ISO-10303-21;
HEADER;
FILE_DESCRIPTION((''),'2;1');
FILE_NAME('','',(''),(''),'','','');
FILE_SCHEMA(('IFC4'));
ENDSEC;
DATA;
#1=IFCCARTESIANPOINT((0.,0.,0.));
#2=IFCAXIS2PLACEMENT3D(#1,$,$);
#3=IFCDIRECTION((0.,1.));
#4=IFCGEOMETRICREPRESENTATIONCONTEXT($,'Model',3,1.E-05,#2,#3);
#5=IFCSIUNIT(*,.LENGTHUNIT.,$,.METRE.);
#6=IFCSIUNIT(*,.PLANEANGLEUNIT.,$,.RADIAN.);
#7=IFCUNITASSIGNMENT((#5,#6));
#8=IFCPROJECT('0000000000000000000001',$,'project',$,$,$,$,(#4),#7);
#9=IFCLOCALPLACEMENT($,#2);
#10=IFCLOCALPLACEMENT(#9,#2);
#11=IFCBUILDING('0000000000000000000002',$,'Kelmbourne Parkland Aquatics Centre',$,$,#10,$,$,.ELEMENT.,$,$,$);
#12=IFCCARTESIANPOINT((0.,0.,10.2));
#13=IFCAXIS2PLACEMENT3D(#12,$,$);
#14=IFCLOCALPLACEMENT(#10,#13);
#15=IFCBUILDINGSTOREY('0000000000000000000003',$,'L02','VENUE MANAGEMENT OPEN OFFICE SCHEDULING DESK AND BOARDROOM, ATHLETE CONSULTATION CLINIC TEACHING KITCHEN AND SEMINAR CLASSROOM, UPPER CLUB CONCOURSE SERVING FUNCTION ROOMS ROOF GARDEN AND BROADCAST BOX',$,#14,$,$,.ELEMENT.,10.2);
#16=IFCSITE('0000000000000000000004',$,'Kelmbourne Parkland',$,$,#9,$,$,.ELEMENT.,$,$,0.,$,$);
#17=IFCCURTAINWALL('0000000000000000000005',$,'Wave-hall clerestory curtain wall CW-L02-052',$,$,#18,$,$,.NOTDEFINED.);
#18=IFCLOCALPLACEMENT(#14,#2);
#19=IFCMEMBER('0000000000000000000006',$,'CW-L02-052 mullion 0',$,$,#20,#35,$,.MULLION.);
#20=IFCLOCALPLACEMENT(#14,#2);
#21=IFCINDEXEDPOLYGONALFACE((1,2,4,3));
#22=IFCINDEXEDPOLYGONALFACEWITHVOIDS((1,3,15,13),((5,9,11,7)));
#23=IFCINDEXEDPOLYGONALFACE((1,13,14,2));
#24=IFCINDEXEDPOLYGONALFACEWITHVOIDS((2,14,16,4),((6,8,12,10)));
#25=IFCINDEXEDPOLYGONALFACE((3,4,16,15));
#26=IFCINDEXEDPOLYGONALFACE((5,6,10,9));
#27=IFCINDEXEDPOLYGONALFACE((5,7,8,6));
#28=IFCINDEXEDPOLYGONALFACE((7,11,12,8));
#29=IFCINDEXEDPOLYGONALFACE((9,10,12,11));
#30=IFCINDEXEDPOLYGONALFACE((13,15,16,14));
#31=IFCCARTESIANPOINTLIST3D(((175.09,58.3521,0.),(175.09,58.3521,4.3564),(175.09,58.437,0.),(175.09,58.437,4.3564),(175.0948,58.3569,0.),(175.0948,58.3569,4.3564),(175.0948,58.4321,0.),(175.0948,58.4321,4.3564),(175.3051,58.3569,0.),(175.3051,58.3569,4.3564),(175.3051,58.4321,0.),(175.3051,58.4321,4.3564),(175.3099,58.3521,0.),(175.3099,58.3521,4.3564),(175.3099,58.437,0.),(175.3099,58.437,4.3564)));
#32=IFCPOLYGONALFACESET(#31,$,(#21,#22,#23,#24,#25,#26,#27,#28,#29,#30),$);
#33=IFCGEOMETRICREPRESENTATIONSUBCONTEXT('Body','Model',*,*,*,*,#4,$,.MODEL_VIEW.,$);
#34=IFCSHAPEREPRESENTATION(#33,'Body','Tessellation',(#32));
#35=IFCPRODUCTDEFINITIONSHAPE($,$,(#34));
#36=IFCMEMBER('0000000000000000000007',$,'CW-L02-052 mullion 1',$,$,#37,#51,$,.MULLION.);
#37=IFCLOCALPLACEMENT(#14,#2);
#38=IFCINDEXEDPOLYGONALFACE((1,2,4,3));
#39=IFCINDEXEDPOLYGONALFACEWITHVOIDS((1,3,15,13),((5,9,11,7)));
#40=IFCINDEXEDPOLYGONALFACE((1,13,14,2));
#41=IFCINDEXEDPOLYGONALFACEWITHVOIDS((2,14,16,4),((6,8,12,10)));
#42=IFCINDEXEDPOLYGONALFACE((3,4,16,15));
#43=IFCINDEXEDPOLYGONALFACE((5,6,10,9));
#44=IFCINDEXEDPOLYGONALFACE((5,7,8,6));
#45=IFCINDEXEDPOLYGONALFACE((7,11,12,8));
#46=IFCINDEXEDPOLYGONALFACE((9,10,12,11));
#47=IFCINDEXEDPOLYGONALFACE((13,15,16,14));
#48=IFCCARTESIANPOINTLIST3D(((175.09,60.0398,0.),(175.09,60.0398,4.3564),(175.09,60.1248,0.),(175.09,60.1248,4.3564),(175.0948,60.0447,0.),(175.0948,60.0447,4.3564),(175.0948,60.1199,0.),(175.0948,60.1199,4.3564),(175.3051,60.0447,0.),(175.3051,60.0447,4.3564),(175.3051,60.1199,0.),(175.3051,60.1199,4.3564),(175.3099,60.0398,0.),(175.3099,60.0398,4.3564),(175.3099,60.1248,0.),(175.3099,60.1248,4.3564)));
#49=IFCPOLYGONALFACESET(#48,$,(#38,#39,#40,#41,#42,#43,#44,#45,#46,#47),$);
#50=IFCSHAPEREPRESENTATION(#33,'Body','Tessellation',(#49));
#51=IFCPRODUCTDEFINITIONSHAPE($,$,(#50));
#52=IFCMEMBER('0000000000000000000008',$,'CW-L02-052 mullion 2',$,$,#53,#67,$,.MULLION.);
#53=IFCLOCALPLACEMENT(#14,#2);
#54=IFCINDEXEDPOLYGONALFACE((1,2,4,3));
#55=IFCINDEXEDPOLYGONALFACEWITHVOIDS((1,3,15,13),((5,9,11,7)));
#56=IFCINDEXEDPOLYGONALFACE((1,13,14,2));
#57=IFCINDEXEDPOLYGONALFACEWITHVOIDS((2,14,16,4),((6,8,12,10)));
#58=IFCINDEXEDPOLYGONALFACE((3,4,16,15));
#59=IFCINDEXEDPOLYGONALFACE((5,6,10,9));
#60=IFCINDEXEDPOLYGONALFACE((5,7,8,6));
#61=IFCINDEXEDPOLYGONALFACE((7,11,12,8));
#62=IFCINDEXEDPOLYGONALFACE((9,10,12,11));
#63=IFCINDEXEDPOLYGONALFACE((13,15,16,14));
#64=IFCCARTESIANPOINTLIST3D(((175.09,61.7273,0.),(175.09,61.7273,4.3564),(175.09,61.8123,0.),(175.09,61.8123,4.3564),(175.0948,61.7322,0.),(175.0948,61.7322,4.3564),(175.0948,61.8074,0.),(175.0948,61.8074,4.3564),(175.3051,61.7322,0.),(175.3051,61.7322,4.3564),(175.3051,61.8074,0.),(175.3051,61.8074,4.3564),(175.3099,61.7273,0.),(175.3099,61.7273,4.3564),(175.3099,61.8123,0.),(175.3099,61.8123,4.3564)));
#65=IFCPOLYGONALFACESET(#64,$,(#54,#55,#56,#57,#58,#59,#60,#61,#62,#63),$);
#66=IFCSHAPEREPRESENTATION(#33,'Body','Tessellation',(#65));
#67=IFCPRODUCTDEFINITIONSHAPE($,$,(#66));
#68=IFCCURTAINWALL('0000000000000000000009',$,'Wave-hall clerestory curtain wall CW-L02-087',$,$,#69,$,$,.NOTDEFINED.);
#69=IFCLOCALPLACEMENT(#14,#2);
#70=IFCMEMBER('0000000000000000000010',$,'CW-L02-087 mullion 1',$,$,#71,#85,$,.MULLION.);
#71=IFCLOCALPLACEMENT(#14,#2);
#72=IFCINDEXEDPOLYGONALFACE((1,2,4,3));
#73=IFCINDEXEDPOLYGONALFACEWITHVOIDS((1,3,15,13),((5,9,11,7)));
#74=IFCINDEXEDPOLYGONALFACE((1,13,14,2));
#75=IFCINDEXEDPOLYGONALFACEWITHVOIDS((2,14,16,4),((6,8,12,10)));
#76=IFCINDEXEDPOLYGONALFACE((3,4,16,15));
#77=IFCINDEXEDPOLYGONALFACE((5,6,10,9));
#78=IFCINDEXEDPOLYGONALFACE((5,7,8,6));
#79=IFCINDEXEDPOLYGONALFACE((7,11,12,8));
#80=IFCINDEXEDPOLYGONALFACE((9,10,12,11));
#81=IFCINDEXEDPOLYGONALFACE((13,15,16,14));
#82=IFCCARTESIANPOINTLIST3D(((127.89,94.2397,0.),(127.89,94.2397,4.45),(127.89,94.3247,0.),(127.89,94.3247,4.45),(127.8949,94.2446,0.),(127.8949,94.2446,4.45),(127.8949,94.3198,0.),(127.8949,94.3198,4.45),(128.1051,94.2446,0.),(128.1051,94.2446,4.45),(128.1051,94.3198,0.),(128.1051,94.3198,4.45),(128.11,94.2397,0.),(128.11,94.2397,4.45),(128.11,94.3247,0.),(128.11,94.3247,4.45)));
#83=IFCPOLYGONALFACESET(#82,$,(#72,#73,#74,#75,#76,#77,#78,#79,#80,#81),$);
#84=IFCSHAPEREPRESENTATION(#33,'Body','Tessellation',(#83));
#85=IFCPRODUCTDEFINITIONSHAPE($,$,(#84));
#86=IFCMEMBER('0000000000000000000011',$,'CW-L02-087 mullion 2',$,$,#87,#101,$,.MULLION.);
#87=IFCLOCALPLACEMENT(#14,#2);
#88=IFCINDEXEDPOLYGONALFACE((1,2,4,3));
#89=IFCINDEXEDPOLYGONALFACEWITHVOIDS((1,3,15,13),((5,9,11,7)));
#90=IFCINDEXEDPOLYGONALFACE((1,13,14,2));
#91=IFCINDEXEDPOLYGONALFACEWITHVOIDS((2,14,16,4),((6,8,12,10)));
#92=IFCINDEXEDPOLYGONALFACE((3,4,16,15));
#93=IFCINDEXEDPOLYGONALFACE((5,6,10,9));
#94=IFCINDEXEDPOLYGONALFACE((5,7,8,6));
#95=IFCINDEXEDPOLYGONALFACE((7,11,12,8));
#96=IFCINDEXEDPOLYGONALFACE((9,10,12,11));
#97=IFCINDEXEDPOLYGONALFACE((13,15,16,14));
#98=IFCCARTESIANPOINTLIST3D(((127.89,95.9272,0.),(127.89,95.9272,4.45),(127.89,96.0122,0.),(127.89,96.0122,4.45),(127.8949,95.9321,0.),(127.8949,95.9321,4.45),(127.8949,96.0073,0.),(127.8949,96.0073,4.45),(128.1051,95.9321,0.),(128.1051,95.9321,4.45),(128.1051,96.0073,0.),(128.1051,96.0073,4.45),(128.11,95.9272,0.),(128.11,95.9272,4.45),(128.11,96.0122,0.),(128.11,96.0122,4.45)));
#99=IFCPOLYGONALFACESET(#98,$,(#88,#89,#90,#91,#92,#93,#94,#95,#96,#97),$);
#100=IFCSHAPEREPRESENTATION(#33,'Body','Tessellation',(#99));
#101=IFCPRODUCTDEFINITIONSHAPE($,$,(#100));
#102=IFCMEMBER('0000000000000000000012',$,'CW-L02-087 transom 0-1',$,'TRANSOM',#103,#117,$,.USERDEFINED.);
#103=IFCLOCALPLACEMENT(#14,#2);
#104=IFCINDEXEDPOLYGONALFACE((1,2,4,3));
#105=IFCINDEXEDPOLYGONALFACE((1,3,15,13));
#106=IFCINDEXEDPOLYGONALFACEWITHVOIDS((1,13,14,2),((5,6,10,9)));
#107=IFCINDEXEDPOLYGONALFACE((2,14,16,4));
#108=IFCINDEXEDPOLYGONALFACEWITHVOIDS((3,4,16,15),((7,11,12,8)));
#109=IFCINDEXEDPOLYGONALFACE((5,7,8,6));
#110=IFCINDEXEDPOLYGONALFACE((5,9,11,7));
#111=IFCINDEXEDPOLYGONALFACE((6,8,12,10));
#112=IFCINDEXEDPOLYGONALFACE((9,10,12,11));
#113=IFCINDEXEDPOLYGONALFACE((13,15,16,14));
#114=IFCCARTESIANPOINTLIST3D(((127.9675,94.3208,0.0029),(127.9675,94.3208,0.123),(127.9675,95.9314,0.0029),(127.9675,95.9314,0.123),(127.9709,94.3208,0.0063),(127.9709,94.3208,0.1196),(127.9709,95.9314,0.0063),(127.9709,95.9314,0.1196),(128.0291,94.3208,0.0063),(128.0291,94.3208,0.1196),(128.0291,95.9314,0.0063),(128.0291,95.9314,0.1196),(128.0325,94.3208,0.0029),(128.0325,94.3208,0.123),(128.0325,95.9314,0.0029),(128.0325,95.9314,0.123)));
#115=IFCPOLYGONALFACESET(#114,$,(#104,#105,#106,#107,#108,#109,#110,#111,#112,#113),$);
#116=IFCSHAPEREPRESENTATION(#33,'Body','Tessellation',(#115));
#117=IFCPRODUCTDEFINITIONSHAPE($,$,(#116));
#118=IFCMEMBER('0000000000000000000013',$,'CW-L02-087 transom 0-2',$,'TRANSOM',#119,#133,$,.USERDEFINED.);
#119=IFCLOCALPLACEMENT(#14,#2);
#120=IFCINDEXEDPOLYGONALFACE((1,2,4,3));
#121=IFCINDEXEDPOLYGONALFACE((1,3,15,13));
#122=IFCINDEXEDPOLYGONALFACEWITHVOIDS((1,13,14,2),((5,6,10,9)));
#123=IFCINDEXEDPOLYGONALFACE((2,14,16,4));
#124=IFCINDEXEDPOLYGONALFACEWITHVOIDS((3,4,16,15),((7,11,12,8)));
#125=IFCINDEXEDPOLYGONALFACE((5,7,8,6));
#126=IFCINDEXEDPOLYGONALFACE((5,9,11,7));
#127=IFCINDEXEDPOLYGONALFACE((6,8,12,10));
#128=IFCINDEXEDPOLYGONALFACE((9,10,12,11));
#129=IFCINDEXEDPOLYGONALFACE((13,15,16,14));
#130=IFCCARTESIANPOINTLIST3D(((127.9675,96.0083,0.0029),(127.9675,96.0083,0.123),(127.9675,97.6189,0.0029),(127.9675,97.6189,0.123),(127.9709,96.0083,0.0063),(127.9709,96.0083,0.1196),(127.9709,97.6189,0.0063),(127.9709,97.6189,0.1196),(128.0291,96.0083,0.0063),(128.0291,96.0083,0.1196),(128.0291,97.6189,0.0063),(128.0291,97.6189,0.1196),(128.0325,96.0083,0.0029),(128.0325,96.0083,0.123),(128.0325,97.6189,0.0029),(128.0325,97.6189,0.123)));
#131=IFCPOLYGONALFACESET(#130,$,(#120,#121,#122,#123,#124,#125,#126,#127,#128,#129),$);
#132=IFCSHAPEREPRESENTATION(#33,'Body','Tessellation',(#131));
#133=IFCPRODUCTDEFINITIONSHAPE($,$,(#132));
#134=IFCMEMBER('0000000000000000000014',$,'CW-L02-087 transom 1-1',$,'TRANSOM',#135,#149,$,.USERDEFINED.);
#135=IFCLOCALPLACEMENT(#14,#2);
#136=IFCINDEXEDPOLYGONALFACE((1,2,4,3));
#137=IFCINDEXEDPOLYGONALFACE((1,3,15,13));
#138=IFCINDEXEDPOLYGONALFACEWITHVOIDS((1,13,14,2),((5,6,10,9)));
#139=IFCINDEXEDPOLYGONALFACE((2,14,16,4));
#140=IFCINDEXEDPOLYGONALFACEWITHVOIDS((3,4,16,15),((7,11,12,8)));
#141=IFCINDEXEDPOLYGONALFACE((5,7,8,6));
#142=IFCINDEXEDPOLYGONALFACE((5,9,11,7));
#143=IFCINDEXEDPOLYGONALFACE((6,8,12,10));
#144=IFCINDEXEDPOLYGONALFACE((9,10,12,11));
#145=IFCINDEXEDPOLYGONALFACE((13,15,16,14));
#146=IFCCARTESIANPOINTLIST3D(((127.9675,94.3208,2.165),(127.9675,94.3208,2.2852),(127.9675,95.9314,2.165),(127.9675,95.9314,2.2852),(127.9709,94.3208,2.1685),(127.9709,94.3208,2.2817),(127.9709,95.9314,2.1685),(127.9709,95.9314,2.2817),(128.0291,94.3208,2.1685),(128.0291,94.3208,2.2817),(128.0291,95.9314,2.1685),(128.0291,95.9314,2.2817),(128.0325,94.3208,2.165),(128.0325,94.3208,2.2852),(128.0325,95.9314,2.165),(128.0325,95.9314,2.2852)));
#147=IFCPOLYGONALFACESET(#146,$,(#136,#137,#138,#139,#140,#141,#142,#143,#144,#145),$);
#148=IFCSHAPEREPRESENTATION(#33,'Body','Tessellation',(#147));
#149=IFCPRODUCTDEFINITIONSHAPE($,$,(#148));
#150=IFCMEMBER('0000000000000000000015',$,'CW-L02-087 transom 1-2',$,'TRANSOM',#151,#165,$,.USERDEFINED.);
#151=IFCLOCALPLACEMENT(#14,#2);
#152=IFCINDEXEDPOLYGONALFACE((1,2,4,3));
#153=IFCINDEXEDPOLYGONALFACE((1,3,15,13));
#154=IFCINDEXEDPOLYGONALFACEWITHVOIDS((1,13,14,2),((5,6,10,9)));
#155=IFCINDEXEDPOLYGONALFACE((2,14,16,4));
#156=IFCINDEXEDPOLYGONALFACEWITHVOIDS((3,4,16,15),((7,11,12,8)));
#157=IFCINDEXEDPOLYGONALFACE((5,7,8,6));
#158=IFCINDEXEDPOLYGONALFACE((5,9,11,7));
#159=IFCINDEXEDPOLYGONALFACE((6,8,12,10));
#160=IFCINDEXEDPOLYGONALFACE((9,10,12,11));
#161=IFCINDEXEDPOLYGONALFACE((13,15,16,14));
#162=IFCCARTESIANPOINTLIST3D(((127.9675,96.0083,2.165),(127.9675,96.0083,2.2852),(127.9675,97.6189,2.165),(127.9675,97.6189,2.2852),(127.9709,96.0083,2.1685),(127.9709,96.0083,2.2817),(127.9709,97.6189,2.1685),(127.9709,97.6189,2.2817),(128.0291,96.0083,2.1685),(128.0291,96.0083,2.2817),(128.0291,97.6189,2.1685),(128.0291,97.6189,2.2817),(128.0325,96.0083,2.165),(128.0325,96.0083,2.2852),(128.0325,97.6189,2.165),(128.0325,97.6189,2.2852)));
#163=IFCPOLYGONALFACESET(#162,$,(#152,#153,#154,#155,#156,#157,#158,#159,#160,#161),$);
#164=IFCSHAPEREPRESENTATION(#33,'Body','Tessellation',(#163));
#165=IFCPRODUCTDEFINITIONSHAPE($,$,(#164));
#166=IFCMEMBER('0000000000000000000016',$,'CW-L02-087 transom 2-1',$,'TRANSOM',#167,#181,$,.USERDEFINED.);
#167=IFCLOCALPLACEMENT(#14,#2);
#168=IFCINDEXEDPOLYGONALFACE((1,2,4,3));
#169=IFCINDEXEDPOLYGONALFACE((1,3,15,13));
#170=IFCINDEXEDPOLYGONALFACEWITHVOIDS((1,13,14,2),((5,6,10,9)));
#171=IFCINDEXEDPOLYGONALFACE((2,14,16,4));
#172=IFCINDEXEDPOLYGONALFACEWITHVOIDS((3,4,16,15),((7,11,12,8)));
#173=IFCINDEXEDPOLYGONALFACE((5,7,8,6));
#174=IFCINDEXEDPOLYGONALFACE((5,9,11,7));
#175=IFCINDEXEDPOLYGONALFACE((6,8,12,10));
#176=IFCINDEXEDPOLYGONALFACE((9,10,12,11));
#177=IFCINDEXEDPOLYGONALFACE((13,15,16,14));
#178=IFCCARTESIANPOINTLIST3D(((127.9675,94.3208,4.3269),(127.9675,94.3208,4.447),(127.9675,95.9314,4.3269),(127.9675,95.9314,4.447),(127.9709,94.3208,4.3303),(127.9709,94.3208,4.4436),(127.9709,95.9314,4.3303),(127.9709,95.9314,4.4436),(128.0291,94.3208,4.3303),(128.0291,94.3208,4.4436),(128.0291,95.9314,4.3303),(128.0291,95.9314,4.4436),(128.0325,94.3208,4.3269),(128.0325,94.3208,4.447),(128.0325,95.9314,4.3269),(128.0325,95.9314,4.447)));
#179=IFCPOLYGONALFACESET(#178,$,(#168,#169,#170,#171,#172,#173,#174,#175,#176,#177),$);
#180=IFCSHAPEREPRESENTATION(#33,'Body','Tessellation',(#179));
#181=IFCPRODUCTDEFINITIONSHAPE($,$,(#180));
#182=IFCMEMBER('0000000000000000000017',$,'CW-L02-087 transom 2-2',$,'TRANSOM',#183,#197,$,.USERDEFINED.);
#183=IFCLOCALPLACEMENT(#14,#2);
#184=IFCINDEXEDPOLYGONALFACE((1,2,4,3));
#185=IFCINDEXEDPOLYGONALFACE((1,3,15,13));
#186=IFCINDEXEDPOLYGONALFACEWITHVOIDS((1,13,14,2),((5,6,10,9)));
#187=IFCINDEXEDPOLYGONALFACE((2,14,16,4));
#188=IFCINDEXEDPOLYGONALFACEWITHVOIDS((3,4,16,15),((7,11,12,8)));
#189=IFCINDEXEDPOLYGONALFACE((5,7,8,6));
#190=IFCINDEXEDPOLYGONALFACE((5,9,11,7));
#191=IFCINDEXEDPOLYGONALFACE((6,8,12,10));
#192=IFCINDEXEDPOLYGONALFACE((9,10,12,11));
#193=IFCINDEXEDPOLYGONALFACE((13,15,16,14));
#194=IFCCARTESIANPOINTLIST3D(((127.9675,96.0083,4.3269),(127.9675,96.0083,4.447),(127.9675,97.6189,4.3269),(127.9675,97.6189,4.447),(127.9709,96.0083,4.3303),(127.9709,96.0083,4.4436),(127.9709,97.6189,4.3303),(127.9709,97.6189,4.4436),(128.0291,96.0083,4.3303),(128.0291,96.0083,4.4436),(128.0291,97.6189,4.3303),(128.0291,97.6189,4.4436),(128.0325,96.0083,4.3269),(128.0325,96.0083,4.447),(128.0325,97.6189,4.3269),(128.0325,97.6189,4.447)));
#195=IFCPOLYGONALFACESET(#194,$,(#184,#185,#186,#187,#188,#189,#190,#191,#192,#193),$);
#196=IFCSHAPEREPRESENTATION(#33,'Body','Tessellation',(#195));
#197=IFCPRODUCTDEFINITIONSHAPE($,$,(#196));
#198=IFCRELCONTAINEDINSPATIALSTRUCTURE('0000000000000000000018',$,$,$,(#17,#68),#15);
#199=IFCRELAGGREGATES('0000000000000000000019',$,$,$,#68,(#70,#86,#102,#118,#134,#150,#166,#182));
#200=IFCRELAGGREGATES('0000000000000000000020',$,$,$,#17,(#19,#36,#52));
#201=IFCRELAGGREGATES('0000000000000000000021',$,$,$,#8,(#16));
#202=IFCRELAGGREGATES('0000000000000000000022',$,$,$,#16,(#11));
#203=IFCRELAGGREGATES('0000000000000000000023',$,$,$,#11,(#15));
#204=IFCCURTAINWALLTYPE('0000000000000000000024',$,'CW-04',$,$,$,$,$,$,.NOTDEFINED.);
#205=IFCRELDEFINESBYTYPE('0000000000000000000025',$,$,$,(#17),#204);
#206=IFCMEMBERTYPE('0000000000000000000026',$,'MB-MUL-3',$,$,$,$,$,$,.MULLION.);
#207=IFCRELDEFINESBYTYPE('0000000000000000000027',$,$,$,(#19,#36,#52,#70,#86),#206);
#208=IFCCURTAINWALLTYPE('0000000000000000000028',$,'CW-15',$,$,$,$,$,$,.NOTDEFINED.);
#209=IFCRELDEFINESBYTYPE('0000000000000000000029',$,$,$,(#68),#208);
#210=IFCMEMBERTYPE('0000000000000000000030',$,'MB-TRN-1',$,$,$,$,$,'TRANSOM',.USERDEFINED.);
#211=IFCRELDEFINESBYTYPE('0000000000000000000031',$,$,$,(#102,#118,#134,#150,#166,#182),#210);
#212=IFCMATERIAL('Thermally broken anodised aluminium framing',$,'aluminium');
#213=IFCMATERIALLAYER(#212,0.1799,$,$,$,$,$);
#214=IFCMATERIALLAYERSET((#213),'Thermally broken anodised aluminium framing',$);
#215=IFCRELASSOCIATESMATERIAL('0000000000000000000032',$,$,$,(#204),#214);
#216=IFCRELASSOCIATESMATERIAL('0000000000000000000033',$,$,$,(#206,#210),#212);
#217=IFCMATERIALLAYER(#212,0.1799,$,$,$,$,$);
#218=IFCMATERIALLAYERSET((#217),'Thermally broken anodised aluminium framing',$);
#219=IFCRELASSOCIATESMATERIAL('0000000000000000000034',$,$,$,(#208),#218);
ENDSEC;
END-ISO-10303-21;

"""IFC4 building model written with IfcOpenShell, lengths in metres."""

from ifc_helpers import new_model, si_unit, direction, frame, origin, origin_2d, place, context, subcontext, project, spatial, hollow_rectangle, extrude, material, layer, layer_set, material_profile, profile_set, type_object, element, aggregate, save


model = new_model("IFC4")

# Units and contexts
model_context = context("Model", 3, precision=1e-05, world=origin(), true_north=direction((0.0, 1.0)))
body_context = subcontext(model_context, "Body", "Model", "MODEL_VIEW")
ifc_project = project(units=[si_unit("LENGTHUNIT", "METRE"), si_unit("PLANEANGLEUNIT", "RADIAN")], contexts=[model_context])

# Site, building, storey
site_placement = place(None, origin())
site = spatial("IfcSite", under=ifc_project, at=site_placement, Name="Kelmbourne Parkland", CompositionType="ELEMENT", RefElevation=0.0)
building_placement = place(site_placement, origin())
building = spatial("IfcBuilding", under=site, at=building_placement, Name="Kelmbourne Parkland Aquatics Centre", CompositionType="ELEMENT")
storey_placement = place(building_placement, frame((0.0, 0.0, 10.2)))
storey = spatial("IfcBuildingStorey", under=building, at=storey_placement, Name="L02", Description="VENUE MANAGEMENT OPEN OFFICE SCHEDULING DESK AND BOARDROOM, ATHLETE CONSULTATION CLINIC TEACHING KITCHEN AND SEMINAR CLASSROOM, UPPER CLUB CONCOURSE SERVING FUNCTION ROOMS ROOF GARDEN AND BROADCAST BOX", CompositionType="ELEMENT", Elevation=10.2)

# Curtain walls, members
ifc_material_1 = material(Name="Thermally broken anodised aluminium framing", Category="aluminium")
ifc_layer_1 = layer(ifc_material_1, 0.1799)
ifc_layer_set_1 = layer_set([ifc_layer_1], Name="Thermally broken anodised aluminium framing")
curtain_wall_type_1 = type_object("IfcCurtainWallType", Name="CW-04", PredefinedType="NOTDEFINED", material=ifc_layer_set_1)
curtain_wall_1_placement = place(storey_placement, origin())
curtain_wall_1 = element("IfcCurtainWall", 1, at=curtain_wall_1_placement, inside=storey, type_object=curtain_wall_type_1, Name="Wave-hall clerestory curtain wall CW-L02-052", PredefinedType="NOTDEFINED")
ifc_material_profile_1 = material_profile(ifc_material_1, hollow_rectangle(XDim=0.085, YDim=0.22, WallThickness=0.0049, at=origin_2d()), Name="CW-M 85x220")
ifc_profile_set_1 = profile_set([ifc_material_profile_1], Name="Thermally broken anodised aluminium framing")
member_type_1 = type_object("IfcMemberType", Name="MB-MUL-3", PredefinedType="MULLION", material=ifc_profile_set_1)
member_1_placement = place(storey_placement, frame((175.2, 58.3945, 0.0), z_axis=(0.0, 0.0, 1.0), x_axis=(0.0, 1.0, 0.0)))
member_1 = element("IfcMember", 2, at=member_1_placement, type_object=member_type_1, Name="CW-L02-052 mullion 0", PredefinedType="MULLION", context=body_context, shape_type="SweptSolid", body=[
    extrude(hollow_rectangle(XDim=0.085, YDim=0.22, WallThickness=0.0049, at=origin_2d()), origin(), (0.0, 0.0, 1.0), 4.3564),
])
member_2_placement = place(storey_placement, frame((175.2, 60.0823, 0.0), z_axis=(0.0, 0.0, 1.0), x_axis=(0.0, 1.0, 0.0)))
member_2 = element("IfcMember", 3, at=member_2_placement, type_object=member_type_1, Name="CW-L02-052 mullion 1", PredefinedType="MULLION", context=body_context, shape_type="SweptSolid", body=[
    extrude(hollow_rectangle(XDim=0.085, YDim=0.22, WallThickness=0.0049, at=origin_2d()), origin(), (0.0, 0.0, 1.0), 4.3564),
])
member_3_placement = place(storey_placement, frame((175.2, 61.7698, 0.0), z_axis=(0.0, 0.0, 1.0), x_axis=(0.0, 1.0, 0.0)))
member_3 = element("IfcMember", 4, at=member_3_placement, type_object=member_type_1, Name="CW-L02-052 mullion 2", PredefinedType="MULLION", context=body_context, shape_type="SweptSolid", body=[
    extrude(hollow_rectangle(XDim=0.085, YDim=0.22, WallThickness=0.0049, at=origin_2d()), origin(), (0.0, 0.0, 1.0), 4.3564),
])
ifc_layer_2 = layer(ifc_material_1, 0.1799)
ifc_layer_set_2 = layer_set([ifc_layer_2], Name="Thermally broken anodised aluminium framing")
curtain_wall_type_2 = type_object("IfcCurtainWallType", Name="CW-15", PredefinedType="NOTDEFINED", material=ifc_layer_set_2)
curtain_wall_2_placement = place(storey_placement, origin())
curtain_wall_2 = element("IfcCurtainWall", 5, at=curtain_wall_2_placement, inside=storey, type_object=curtain_wall_type_2, Name="Wave-hall clerestory curtain wall CW-L02-087", PredefinedType="NOTDEFINED")
member_4_placement = place(storey_placement, frame((128.0, 94.2822, 0.0), z_axis=(0.0, 0.0, 1.0), x_axis=(0.0, 1.0, 0.0)))
member_4 = element("IfcMember", 6, at=member_4_placement, type_object=member_type_1, Name="CW-L02-087 mullion 1", PredefinedType="MULLION", context=body_context, shape_type="SweptSolid", body=[
    extrude(hollow_rectangle(XDim=0.085, YDim=0.22, WallThickness=0.0049, at=origin_2d()), origin(), (0.0, 0.0, 1.0), 4.45),
])
member_5_placement = place(storey_placement, frame((128.0, 95.9697, 0.0), z_axis=(0.0, 0.0, 1.0), x_axis=(0.0, 1.0, 0.0)))
member_5 = element("IfcMember", 7, at=member_5_placement, type_object=member_type_1, Name="CW-L02-087 mullion 2", PredefinedType="MULLION", context=body_context, shape_type="SweptSolid", body=[
    extrude(hollow_rectangle(XDim=0.085, YDim=0.22, WallThickness=0.0049, at=origin_2d()), origin(), (0.0, 0.0, 1.0), 4.45),
])
ifc_material_profile_2 = material_profile(ifc_material_1, hollow_rectangle(XDim=0.0649, YDim=0.1201, WallThickness=0.0034, at=origin_2d()), Name="CW-T 65x120")
ifc_profile_set_2 = profile_set([ifc_material_profile_2], Name="Thermally broken anodised aluminium framing")
member_type_2 = type_object("IfcMemberType", Name="MB-TRN-1", ElementType="TRANSOM", PredefinedType="USERDEFINED", material=ifc_profile_set_2)
member_6_placement = place(storey_placement, frame((128.0, 94.3208, 0.063), z_axis=(0.0, 1.0, 0.0), x_axis=(-1.0, 0.0, 0.0)))
member_6 = element("IfcMember", 8, at=member_6_placement, type_object=member_type_2, Name="CW-L02-087 transom 0-1", ObjectType="TRANSOM", PredefinedType="USERDEFINED", context=body_context, shape_type="SweptSolid", body=[
    extrude(hollow_rectangle(XDim=0.0649, YDim=0.1201, WallThickness=0.0034, at=origin_2d()), origin(), (0.0, 0.0, 1.0), 1.6106),
])
member_7_placement = place(storey_placement, frame((128.0, 96.0083, 0.063), z_axis=(0.0, 1.0, 0.0), x_axis=(-1.0, 0.0, 0.0)))
member_7 = element("IfcMember", 9, at=member_7_placement, type_object=member_type_2, Name="CW-L02-087 transom 0-2", ObjectType="TRANSOM", PredefinedType="USERDEFINED", context=body_context, shape_type="SweptSolid", body=[
    extrude(hollow_rectangle(XDim=0.0649, YDim=0.1201, WallThickness=0.0034, at=origin_2d()), origin(), (0.0, 0.0, 1.0), 1.6106),
])
member_8_placement = place(storey_placement, frame((128.0, 94.3208, 2.2251), z_axis=(0.0, 1.0, 0.0), x_axis=(-1.0, 0.0, 0.0)))
member_8 = element("IfcMember", 10, at=member_8_placement, type_object=member_type_2, Name="CW-L02-087 transom 1-1", ObjectType="TRANSOM", PredefinedType="USERDEFINED", context=body_context, shape_type="SweptSolid", body=[
    extrude(hollow_rectangle(XDim=0.0649, YDim=0.1201, WallThickness=0.0034, at=origin_2d()), origin(), (0.0, 0.0, 1.0), 1.6106),
])
member_9_placement = place(storey_placement, frame((128.0, 96.0083, 2.2251), z_axis=(0.0, 1.0, 0.0), x_axis=(-1.0, 0.0, 0.0)))
member_9 = element("IfcMember", 11, at=member_9_placement, type_object=member_type_2, Name="CW-L02-087 transom 1-2", ObjectType="TRANSOM", PredefinedType="USERDEFINED", context=body_context, shape_type="SweptSolid", body=[
    extrude(hollow_rectangle(XDim=0.0649, YDim=0.1201, WallThickness=0.0034, at=origin_2d()), origin(), (0.0, 0.0, 1.0), 1.6106),
])
member_10_placement = place(storey_placement, frame((128.0, 94.3208, 4.387), z_axis=(0.0, 1.0, 0.0), x_axis=(-1.0, 0.0, 0.0)))
member_10 = element("IfcMember", 12, at=member_10_placement, type_object=member_type_2, Name="CW-L02-087 transom 2-1", ObjectType="TRANSOM", PredefinedType="USERDEFINED", context=body_context, shape_type="SweptSolid", body=[
    extrude(hollow_rectangle(XDim=0.0649, YDim=0.1201, WallThickness=0.0034, at=origin_2d()), origin(), (0.0, 0.0, 1.0), 1.6106),
])
member_11_placement = place(storey_placement, frame((128.0, 96.0083, 4.387), z_axis=(0.0, 1.0, 0.0), x_axis=(-1.0, 0.0, 0.0)))
member_11 = element("IfcMember", 13, at=member_11_placement, type_object=member_type_2, Name="CW-L02-087 transom 2-2", ObjectType="TRANSOM", PredefinedType="USERDEFINED", context=body_context, shape_type="SweptSolid", body=[
    extrude(hollow_rectangle(XDim=0.0649, YDim=0.1201, WallThickness=0.0034, at=origin_2d()), origin(), (0.0, 0.0, 1.0), 1.6106),
])

aggregate(curtain_wall_2, [member_4, member_5, member_6, member_7, member_8, member_9, member_10, member_11])
aggregate(curtain_wall_1, [member_1, member_2, member_3])

save(model, "model.ifc")
